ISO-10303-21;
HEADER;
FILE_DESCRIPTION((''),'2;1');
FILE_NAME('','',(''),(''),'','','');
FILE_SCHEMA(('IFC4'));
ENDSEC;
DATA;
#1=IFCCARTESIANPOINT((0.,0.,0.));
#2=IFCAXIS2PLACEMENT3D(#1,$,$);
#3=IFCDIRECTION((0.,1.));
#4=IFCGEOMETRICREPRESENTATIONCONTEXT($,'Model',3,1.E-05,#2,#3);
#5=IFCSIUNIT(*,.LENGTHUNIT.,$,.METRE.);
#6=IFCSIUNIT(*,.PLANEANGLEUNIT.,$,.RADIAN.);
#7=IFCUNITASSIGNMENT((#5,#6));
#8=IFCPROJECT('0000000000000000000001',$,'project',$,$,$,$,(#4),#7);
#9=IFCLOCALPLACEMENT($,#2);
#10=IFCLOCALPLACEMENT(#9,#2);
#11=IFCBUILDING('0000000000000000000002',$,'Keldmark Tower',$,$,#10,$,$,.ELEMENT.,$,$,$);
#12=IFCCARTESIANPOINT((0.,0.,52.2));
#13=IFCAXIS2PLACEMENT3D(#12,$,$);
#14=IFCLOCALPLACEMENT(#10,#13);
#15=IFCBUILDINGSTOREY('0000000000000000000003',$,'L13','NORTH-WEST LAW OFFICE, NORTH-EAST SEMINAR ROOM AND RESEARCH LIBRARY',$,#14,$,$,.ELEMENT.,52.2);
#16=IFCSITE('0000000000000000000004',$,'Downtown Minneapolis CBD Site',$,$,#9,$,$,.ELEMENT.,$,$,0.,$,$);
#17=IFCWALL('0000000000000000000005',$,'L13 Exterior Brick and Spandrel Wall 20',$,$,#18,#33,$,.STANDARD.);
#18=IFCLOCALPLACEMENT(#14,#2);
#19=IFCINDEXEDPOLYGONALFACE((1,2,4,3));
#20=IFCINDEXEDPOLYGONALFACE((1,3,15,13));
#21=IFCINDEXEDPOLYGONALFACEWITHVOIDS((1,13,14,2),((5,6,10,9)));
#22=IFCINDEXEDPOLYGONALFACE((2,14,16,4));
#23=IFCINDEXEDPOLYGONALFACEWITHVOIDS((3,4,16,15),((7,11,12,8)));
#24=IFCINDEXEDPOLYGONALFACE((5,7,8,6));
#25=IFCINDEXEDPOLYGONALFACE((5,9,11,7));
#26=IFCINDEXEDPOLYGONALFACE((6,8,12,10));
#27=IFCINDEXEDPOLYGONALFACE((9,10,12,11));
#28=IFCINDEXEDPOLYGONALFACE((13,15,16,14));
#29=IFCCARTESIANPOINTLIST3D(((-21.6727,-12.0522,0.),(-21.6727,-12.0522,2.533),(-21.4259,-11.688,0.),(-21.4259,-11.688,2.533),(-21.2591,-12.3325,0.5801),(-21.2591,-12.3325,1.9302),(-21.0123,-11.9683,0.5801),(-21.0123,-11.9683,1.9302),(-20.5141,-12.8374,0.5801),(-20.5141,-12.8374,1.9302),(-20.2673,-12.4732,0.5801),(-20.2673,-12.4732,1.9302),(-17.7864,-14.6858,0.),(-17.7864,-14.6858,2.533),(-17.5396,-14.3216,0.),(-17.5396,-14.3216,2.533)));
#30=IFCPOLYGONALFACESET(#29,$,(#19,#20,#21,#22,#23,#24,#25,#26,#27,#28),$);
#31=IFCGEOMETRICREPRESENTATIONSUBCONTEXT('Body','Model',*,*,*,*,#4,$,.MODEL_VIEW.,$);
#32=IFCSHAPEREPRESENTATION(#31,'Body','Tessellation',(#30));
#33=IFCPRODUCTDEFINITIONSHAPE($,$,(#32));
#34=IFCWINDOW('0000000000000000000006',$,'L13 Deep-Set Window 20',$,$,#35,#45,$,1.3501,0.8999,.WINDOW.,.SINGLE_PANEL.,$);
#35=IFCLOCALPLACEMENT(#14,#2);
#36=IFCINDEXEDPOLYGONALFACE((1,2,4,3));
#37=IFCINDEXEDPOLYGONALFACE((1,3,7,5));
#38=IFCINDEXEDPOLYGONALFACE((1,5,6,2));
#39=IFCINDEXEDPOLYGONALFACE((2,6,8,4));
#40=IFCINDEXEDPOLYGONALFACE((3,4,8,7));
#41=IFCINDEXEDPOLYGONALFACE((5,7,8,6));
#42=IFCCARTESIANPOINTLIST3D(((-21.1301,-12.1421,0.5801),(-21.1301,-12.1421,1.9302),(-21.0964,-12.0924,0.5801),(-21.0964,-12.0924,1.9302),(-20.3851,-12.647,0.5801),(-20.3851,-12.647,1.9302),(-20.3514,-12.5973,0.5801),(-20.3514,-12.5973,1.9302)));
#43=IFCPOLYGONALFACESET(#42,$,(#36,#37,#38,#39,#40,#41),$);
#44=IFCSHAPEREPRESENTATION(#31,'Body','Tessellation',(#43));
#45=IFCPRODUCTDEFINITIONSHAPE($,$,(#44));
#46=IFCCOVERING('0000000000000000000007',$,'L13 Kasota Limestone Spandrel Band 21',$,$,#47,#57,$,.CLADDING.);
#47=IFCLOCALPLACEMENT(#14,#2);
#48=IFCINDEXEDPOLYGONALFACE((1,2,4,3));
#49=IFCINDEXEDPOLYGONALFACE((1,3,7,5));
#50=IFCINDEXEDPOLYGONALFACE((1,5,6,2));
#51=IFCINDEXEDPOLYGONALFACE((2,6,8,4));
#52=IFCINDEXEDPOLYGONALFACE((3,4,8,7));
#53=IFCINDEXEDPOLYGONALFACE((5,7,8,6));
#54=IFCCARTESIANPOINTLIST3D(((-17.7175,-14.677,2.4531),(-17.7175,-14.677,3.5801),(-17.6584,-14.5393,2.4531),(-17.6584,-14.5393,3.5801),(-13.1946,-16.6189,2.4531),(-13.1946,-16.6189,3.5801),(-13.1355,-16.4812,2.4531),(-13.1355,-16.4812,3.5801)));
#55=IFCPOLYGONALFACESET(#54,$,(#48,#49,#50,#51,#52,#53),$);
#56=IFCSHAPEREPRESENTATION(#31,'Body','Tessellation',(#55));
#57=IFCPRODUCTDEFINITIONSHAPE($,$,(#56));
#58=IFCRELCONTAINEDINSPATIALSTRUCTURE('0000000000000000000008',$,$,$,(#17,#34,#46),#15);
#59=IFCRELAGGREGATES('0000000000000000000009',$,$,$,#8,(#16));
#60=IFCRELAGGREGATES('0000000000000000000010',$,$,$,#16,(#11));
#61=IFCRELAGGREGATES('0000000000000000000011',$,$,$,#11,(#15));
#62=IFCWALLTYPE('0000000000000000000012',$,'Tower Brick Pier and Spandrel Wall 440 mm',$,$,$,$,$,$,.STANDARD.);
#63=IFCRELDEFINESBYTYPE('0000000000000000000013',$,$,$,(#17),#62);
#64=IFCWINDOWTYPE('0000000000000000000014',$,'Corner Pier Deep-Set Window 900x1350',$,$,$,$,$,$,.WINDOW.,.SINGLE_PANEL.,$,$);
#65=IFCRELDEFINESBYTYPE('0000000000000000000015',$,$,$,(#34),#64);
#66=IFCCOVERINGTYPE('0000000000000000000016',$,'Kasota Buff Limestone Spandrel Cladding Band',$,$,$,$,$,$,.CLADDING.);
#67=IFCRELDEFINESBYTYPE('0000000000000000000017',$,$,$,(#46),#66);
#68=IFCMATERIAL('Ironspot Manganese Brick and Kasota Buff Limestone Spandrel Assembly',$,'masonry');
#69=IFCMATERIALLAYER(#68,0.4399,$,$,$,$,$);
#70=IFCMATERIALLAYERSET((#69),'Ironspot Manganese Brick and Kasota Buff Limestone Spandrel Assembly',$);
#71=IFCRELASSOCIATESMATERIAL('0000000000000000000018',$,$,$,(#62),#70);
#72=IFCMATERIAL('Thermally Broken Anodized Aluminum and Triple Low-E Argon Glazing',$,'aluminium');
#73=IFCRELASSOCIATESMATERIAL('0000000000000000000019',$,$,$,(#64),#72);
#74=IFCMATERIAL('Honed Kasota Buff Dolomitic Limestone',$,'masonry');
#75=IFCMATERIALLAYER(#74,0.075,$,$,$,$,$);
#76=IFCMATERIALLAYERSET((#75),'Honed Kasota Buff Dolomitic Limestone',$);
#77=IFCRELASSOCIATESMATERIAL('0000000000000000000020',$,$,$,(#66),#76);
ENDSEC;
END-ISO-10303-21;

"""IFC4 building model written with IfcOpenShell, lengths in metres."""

from ifc_helpers import new_model, si_unit, direction, frame, frame_2d, origin, origin_2d, place, context, subcontext, project, spatial, rectangle, extrude, material, layer, layer_set, type_object, element, fill, save


model = new_model("IFC4")

# Units and contexts
model_context = context("Model", 3, precision=1e-05, world=origin(), true_north=direction((0.0, 1.0)))
body_context = subcontext(model_context, "Body", "Model", "MODEL_VIEW")
ifc_project = project(units=[si_unit("LENGTHUNIT", "METRE"), si_unit("PLANEANGLEUNIT", "RADIAN")], contexts=[model_context])

# Site, building, storey
site_placement = place(None, origin())
site = spatial("IfcSite", under=ifc_project, at=site_placement, Name="Downtown Minneapolis CBD Site", CompositionType="ELEMENT", RefElevation=0.0)
building_placement = place(site_placement, origin())
building = spatial("IfcBuilding", under=site, at=building_placement, Name="Keldmark Tower", CompositionType="ELEMENT")
storey_placement = place(building_placement, frame((0.0, 0.0, 52.2)))
storey = spatial("IfcBuildingStorey", under=building, at=storey_placement, Name="L13", Description="NORTH-WEST LAW OFFICE, NORTH-EAST SEMINAR ROOM AND RESEARCH LIBRARY", CompositionType="ELEMENT", Elevation=52.2)

# Wall, opening, window
ifc_material_1 = material(Name="Ironspot Manganese Brick and Kasota Buff Limestone Spandrel Assembly", Category="masonry")
ifc_layer_1 = layer(ifc_material_1, 0.4399)
ifc_layer_set_1 = layer_set([ifc_layer_1], Name="Ironspot Manganese Brick and Kasota Buff Limestone Spandrel Assembly")
wall_type_1 = type_object("IfcWallType", Name="Tower Brick Pier and Spandrel Wall 440 mm", PredefinedType="STANDARD", material=ifc_layer_set_1)
wall_1_placement = place(storey_placement, frame((-17.6631, -14.5037, 0.0), z_axis=(0.0, 0.0, 1.0), x_axis=(-0.827826, 0.560985, 0.0)))
wall_1 = element("IfcWall", 1, at=wall_1_placement, inside=storey, type_object=wall_type_1, Name="L13 Exterior Brick and Spandrel Wall 20", PredefinedType="STANDARD", context=body_context, shape_type="SweptSolid", body=[
    extrude(rectangle(XDim=4.6946, YDim=0.4399, at=frame_2d((2.3472, 0.0))), origin(), (0.0, 0.0, 1.0), 2.533),
])
opening_1_placement = place(wall_1_placement, frame((3.2949, 0.0, 0.5801)))
opening_1 = element("IfcOpeningElement", 2, at=opening_1_placement, cuts=wall_1, PredefinedType="OPENING", context=body_context, shape_type="SweptSolid", body=[
    extrude(rectangle(XDim=0.8999, YDim=1.3501, at=frame_2d((0.45, 0.675))), frame((0.0, 0.23, 0.0), z_axis=(0.0, -1.0, 0.0), x_axis=(1.0, 0.0, 0.0)), (0.0, 0.0, 1.0), 0.46),
])
ifc_material_2 = material(Name="Thermally Broken Anodized Aluminum and Triple Low-E Argon Glazing", Category="aluminium")
window_type = type_object("IfcWindowType", Name="Corner Pier Deep-Set Window 900x1350", PartitioningType="SINGLE_PANEL", PredefinedType="WINDOW", material=ifc_material_2)
window_placement = place(opening_1_placement, origin())
window = element("IfcWindow", 3, at=window_placement, inside=storey, type_object=window_type, Name="L13 Deep-Set Window 20", OverallHeight=1.3501, OverallWidth=0.8999, PartitioningType="SINGLE_PANEL", PredefinedType="WINDOW", context=body_context, shape_type="SweptSolid", body=[
    extrude(rectangle(XDim=0.8999, YDim=1.3501, at=frame_2d((0.45, 0.675))), frame((0.0, -0.01, 0.0), z_axis=(0.0, -1.0, 0.0), x_axis=(1.0, 0.0, 0.0)), (0.0, 0.0, 1.0), 0.0601),
])
fill(opening_1, window)

# Covering
ifc_material_3 = material(Name="Honed Kasota Buff Dolomitic Limestone", Category="masonry")
ifc_layer_2 = layer(ifc_material_3, 0.075)
ifc_layer_set_2 = layer_set([ifc_layer_2], Name="Honed Kasota Buff Dolomitic Limestone")
covering_type = type_object("IfcCoveringType", Name="Kasota Buff Limestone Spandrel Cladding Band", PredefinedType="CLADDING", material=ifc_layer_set_2)
covering_placement = place(storey_placement, frame((-15.4265, -15.5791, 2.4531), z_axis=(0.0, 0.0, 1.0), x_axis=(0.918888, -0.394519, 0.0)))
element("IfcCovering", 4, at=covering_placement, inside=storey, type_object=covering_type, Name="L13 Kasota Limestone Spandrel Band 21", PredefinedType="CLADDING", context=body_context, shape_type="SweptSolid", body=[
    extrude(rectangle(XDim=4.9221, YDim=0.1499, at=origin_2d()), origin(), (0.0, 0.0, 1.0), 1.127),
])

save(model, "model.ifc")
